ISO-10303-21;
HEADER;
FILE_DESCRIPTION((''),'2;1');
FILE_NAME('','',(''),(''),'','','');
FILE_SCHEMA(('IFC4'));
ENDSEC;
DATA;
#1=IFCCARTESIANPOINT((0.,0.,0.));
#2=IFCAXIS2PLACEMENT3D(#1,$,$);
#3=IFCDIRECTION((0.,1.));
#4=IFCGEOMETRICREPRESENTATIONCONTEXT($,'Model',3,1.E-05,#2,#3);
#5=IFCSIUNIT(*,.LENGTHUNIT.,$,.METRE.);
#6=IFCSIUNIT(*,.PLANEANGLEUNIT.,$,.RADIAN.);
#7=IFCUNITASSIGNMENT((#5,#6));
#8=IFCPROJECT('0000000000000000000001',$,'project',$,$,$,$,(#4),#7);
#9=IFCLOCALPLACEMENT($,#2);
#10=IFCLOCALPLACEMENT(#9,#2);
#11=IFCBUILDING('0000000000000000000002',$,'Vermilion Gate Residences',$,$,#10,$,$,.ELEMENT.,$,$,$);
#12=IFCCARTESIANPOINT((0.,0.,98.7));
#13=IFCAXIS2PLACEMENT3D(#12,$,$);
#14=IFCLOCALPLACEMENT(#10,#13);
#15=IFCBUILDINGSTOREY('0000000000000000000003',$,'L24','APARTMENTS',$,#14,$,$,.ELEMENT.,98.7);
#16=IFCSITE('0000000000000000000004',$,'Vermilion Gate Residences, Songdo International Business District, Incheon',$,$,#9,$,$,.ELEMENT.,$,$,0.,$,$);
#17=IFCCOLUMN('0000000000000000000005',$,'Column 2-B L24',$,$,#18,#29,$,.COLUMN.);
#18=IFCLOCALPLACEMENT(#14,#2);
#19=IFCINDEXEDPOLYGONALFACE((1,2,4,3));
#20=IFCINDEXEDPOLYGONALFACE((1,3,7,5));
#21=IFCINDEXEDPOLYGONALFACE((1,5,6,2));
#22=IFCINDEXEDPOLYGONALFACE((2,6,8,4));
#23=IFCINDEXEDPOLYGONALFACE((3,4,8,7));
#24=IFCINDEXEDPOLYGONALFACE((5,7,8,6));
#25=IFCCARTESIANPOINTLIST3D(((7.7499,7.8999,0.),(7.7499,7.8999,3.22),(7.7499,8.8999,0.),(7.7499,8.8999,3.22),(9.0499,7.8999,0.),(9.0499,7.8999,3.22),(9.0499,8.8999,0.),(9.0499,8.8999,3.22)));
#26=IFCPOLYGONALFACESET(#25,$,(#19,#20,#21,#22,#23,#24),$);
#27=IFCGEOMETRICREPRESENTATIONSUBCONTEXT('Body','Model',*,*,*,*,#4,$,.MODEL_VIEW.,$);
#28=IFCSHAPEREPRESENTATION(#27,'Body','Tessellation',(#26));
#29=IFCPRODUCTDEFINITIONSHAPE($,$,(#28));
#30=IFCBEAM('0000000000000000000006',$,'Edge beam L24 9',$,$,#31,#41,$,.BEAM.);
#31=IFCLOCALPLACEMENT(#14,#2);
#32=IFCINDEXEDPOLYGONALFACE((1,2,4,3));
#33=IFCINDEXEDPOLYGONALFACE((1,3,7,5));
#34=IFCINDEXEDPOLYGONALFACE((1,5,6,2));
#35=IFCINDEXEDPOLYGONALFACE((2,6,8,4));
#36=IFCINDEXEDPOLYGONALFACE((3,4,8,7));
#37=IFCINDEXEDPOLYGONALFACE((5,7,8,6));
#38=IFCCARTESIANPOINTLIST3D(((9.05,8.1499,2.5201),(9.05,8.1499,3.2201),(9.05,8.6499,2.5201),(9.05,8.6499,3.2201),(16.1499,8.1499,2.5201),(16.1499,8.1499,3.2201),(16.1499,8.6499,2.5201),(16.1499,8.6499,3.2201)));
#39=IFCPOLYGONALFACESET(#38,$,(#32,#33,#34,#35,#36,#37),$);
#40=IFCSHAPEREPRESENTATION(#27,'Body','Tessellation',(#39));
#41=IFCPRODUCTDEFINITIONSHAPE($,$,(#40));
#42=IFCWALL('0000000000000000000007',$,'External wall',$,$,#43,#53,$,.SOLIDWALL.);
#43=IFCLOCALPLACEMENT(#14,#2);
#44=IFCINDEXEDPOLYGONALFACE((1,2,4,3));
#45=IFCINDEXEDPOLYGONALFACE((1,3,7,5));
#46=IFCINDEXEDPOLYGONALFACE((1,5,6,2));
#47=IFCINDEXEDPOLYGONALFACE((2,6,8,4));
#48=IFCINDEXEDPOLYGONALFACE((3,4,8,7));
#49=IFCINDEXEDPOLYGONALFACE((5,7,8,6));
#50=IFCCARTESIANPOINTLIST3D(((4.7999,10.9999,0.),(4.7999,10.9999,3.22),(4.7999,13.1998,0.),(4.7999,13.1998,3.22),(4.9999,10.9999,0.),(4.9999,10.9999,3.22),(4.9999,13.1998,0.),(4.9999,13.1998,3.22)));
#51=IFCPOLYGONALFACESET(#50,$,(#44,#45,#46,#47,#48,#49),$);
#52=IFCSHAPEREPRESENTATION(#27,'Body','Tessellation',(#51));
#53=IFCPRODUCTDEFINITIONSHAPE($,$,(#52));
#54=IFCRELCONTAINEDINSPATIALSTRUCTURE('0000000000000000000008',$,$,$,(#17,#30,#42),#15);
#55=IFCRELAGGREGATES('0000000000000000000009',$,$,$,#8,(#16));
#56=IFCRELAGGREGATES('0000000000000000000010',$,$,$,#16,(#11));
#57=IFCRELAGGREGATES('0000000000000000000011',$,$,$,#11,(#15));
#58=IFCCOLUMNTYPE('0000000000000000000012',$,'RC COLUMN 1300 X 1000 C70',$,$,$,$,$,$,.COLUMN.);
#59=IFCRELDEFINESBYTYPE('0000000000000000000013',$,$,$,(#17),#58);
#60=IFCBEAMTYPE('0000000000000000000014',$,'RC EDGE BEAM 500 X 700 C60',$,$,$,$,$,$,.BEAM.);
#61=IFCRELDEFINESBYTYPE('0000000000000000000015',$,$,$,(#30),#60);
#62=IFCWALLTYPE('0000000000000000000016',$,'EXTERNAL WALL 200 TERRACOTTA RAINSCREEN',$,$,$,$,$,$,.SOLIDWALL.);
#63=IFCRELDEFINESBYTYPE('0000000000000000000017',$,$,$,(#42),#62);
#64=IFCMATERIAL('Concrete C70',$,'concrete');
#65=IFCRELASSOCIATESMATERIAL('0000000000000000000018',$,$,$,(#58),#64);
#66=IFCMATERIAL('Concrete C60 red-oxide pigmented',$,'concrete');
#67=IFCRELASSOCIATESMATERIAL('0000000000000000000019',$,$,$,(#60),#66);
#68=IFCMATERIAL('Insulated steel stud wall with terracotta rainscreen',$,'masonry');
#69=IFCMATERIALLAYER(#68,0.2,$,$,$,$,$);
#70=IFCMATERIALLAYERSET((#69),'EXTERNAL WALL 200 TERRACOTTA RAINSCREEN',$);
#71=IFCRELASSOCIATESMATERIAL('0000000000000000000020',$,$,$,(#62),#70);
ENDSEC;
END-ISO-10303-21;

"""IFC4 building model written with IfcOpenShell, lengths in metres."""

from ifc_helpers import new_model, si_unit, direction, frame, frame_2d, origin, origin_2d, place, context, subcontext, project, spatial, rectangle, extrude, material, layer, layer_set, material_profile, profile_set, type_object, element, save


model = new_model("IFC4")

# Units and contexts
model_context = context("Model", 3, precision=1e-05, world=origin(), true_north=direction((0.0, 1.0)))
body_context = subcontext(model_context, "Body", "Model", "MODEL_VIEW")
ifc_project = project(units=[si_unit("LENGTHUNIT", "METRE"), si_unit("PLANEANGLEUNIT", "RADIAN")], contexts=[model_context])

# Site, building, storey
site_placement = place(None, origin())
site = spatial("IfcSite", under=ifc_project, at=site_placement, Name="Vermilion Gate Residences, Songdo International Business District, Incheon", CompositionType="ELEMENT", RefElevation=0.0)
building_placement = place(site_placement, origin())
building = spatial("IfcBuilding", under=site, at=building_placement, Name="Vermilion Gate Residences", CompositionType="ELEMENT")
storey_placement = place(building_placement, frame((0.0, 0.0, 98.7)))
storey = spatial("IfcBuildingStorey", under=building, at=storey_placement, Name="L24", Description="APARTMENTS", CompositionType="ELEMENT", Elevation=98.7)

# Column
ifc_material_1 = material(Name="Concrete C70", Category="concrete")
ifc_material_profile_1 = material_profile(ifc_material_1, rectangle(XDim=1.3, YDim=1.0, at=origin_2d()), Name="RC-1300x1000")
ifc_profile_set_1 = profile_set([ifc_material_profile_1], Name="Concrete C70")
column_type = type_object("IfcColumnType", Name="RC COLUMN 1300 X 1000 C70", PredefinedType="COLUMN", material=ifc_profile_set_1)
column_placement = place(storey_placement, frame((8.3999, 8.3999, 0.0), z_axis=(0.0, 0.0, 1.0), x_axis=(1.0, 0.0, 0.0)))
element("IfcColumn", 1, at=column_placement, inside=storey, type_object=column_type, Name="Column 2-B L24", PredefinedType="COLUMN", context=body_context, shape_type="SweptSolid", body=[
    extrude(rectangle(XDim=1.3, YDim=1.0, at=origin_2d()), origin(), (0.0, 0.0, 1.0), 3.22),
])

# Beam
ifc_material_2 = material(Name="Concrete C60 red-oxide pigmented", Category="concrete")
ifc_material_profile_2 = material_profile(ifc_material_2, rectangle(XDim=0.5, YDim=0.7, at=origin_2d()), Name="RC-500x700")
ifc_profile_set_2 = profile_set([ifc_material_profile_2], Name="Concrete C60 red-oxide pigmented")
beam_type = type_object("IfcBeamType", Name="RC EDGE BEAM 500 X 700 C60", PredefinedType="BEAM", material=ifc_profile_set_2)
beam_placement = place(storey_placement, frame((9.05, 8.3999, 2.8701), z_axis=(1.0, 0.0, 0.0), x_axis=(0.0, 1.0, 0.0)))
element("IfcBeam", 2, at=beam_placement, inside=storey, type_object=beam_type, Name="Edge beam L24 9", PredefinedType="BEAM", context=body_context, shape_type="SweptSolid", body=[
    extrude(rectangle(XDim=0.5, YDim=0.7, at=origin_2d()), origin(), (0.0, 0.0, 1.0), 7.0999),
])

# Wall
ifc_material_3 = material(Name="Insulated steel stud wall with terracotta rainscreen", Category="masonry")
ifc_layer_1 = layer(ifc_material_3, 0.2)
ifc_layer_set_1 = layer_set([ifc_layer_1], Name="EXTERNAL WALL 200 TERRACOTTA RAINSCREEN")
wall_type_1 = type_object("IfcWallType", Name="EXTERNAL WALL 200 TERRACOTTA RAINSCREEN", PredefinedType="SOLIDWALL", material=ifc_layer_set_1)
wall_1_placement = place(storey_placement, frame((4.8999, 13.2, 0.0), z_axis=(0.0, 0.0, 1.0), x_axis=(0.0, -1.0, 0.0)))
element("IfcWall", 3, at=wall_1_placement, inside=storey, type_object=wall_type_1, Name="External wall", PredefinedType="SOLIDWALL", context=body_context, shape_type="SweptSolid", body=[
    extrude(rectangle(XDim=2.2, YDim=0.2, at=frame_2d((1.1001, 0.0))), origin(), (0.0, 0.0, 1.0), 3.22),
])

save(model, "model.ifc")
